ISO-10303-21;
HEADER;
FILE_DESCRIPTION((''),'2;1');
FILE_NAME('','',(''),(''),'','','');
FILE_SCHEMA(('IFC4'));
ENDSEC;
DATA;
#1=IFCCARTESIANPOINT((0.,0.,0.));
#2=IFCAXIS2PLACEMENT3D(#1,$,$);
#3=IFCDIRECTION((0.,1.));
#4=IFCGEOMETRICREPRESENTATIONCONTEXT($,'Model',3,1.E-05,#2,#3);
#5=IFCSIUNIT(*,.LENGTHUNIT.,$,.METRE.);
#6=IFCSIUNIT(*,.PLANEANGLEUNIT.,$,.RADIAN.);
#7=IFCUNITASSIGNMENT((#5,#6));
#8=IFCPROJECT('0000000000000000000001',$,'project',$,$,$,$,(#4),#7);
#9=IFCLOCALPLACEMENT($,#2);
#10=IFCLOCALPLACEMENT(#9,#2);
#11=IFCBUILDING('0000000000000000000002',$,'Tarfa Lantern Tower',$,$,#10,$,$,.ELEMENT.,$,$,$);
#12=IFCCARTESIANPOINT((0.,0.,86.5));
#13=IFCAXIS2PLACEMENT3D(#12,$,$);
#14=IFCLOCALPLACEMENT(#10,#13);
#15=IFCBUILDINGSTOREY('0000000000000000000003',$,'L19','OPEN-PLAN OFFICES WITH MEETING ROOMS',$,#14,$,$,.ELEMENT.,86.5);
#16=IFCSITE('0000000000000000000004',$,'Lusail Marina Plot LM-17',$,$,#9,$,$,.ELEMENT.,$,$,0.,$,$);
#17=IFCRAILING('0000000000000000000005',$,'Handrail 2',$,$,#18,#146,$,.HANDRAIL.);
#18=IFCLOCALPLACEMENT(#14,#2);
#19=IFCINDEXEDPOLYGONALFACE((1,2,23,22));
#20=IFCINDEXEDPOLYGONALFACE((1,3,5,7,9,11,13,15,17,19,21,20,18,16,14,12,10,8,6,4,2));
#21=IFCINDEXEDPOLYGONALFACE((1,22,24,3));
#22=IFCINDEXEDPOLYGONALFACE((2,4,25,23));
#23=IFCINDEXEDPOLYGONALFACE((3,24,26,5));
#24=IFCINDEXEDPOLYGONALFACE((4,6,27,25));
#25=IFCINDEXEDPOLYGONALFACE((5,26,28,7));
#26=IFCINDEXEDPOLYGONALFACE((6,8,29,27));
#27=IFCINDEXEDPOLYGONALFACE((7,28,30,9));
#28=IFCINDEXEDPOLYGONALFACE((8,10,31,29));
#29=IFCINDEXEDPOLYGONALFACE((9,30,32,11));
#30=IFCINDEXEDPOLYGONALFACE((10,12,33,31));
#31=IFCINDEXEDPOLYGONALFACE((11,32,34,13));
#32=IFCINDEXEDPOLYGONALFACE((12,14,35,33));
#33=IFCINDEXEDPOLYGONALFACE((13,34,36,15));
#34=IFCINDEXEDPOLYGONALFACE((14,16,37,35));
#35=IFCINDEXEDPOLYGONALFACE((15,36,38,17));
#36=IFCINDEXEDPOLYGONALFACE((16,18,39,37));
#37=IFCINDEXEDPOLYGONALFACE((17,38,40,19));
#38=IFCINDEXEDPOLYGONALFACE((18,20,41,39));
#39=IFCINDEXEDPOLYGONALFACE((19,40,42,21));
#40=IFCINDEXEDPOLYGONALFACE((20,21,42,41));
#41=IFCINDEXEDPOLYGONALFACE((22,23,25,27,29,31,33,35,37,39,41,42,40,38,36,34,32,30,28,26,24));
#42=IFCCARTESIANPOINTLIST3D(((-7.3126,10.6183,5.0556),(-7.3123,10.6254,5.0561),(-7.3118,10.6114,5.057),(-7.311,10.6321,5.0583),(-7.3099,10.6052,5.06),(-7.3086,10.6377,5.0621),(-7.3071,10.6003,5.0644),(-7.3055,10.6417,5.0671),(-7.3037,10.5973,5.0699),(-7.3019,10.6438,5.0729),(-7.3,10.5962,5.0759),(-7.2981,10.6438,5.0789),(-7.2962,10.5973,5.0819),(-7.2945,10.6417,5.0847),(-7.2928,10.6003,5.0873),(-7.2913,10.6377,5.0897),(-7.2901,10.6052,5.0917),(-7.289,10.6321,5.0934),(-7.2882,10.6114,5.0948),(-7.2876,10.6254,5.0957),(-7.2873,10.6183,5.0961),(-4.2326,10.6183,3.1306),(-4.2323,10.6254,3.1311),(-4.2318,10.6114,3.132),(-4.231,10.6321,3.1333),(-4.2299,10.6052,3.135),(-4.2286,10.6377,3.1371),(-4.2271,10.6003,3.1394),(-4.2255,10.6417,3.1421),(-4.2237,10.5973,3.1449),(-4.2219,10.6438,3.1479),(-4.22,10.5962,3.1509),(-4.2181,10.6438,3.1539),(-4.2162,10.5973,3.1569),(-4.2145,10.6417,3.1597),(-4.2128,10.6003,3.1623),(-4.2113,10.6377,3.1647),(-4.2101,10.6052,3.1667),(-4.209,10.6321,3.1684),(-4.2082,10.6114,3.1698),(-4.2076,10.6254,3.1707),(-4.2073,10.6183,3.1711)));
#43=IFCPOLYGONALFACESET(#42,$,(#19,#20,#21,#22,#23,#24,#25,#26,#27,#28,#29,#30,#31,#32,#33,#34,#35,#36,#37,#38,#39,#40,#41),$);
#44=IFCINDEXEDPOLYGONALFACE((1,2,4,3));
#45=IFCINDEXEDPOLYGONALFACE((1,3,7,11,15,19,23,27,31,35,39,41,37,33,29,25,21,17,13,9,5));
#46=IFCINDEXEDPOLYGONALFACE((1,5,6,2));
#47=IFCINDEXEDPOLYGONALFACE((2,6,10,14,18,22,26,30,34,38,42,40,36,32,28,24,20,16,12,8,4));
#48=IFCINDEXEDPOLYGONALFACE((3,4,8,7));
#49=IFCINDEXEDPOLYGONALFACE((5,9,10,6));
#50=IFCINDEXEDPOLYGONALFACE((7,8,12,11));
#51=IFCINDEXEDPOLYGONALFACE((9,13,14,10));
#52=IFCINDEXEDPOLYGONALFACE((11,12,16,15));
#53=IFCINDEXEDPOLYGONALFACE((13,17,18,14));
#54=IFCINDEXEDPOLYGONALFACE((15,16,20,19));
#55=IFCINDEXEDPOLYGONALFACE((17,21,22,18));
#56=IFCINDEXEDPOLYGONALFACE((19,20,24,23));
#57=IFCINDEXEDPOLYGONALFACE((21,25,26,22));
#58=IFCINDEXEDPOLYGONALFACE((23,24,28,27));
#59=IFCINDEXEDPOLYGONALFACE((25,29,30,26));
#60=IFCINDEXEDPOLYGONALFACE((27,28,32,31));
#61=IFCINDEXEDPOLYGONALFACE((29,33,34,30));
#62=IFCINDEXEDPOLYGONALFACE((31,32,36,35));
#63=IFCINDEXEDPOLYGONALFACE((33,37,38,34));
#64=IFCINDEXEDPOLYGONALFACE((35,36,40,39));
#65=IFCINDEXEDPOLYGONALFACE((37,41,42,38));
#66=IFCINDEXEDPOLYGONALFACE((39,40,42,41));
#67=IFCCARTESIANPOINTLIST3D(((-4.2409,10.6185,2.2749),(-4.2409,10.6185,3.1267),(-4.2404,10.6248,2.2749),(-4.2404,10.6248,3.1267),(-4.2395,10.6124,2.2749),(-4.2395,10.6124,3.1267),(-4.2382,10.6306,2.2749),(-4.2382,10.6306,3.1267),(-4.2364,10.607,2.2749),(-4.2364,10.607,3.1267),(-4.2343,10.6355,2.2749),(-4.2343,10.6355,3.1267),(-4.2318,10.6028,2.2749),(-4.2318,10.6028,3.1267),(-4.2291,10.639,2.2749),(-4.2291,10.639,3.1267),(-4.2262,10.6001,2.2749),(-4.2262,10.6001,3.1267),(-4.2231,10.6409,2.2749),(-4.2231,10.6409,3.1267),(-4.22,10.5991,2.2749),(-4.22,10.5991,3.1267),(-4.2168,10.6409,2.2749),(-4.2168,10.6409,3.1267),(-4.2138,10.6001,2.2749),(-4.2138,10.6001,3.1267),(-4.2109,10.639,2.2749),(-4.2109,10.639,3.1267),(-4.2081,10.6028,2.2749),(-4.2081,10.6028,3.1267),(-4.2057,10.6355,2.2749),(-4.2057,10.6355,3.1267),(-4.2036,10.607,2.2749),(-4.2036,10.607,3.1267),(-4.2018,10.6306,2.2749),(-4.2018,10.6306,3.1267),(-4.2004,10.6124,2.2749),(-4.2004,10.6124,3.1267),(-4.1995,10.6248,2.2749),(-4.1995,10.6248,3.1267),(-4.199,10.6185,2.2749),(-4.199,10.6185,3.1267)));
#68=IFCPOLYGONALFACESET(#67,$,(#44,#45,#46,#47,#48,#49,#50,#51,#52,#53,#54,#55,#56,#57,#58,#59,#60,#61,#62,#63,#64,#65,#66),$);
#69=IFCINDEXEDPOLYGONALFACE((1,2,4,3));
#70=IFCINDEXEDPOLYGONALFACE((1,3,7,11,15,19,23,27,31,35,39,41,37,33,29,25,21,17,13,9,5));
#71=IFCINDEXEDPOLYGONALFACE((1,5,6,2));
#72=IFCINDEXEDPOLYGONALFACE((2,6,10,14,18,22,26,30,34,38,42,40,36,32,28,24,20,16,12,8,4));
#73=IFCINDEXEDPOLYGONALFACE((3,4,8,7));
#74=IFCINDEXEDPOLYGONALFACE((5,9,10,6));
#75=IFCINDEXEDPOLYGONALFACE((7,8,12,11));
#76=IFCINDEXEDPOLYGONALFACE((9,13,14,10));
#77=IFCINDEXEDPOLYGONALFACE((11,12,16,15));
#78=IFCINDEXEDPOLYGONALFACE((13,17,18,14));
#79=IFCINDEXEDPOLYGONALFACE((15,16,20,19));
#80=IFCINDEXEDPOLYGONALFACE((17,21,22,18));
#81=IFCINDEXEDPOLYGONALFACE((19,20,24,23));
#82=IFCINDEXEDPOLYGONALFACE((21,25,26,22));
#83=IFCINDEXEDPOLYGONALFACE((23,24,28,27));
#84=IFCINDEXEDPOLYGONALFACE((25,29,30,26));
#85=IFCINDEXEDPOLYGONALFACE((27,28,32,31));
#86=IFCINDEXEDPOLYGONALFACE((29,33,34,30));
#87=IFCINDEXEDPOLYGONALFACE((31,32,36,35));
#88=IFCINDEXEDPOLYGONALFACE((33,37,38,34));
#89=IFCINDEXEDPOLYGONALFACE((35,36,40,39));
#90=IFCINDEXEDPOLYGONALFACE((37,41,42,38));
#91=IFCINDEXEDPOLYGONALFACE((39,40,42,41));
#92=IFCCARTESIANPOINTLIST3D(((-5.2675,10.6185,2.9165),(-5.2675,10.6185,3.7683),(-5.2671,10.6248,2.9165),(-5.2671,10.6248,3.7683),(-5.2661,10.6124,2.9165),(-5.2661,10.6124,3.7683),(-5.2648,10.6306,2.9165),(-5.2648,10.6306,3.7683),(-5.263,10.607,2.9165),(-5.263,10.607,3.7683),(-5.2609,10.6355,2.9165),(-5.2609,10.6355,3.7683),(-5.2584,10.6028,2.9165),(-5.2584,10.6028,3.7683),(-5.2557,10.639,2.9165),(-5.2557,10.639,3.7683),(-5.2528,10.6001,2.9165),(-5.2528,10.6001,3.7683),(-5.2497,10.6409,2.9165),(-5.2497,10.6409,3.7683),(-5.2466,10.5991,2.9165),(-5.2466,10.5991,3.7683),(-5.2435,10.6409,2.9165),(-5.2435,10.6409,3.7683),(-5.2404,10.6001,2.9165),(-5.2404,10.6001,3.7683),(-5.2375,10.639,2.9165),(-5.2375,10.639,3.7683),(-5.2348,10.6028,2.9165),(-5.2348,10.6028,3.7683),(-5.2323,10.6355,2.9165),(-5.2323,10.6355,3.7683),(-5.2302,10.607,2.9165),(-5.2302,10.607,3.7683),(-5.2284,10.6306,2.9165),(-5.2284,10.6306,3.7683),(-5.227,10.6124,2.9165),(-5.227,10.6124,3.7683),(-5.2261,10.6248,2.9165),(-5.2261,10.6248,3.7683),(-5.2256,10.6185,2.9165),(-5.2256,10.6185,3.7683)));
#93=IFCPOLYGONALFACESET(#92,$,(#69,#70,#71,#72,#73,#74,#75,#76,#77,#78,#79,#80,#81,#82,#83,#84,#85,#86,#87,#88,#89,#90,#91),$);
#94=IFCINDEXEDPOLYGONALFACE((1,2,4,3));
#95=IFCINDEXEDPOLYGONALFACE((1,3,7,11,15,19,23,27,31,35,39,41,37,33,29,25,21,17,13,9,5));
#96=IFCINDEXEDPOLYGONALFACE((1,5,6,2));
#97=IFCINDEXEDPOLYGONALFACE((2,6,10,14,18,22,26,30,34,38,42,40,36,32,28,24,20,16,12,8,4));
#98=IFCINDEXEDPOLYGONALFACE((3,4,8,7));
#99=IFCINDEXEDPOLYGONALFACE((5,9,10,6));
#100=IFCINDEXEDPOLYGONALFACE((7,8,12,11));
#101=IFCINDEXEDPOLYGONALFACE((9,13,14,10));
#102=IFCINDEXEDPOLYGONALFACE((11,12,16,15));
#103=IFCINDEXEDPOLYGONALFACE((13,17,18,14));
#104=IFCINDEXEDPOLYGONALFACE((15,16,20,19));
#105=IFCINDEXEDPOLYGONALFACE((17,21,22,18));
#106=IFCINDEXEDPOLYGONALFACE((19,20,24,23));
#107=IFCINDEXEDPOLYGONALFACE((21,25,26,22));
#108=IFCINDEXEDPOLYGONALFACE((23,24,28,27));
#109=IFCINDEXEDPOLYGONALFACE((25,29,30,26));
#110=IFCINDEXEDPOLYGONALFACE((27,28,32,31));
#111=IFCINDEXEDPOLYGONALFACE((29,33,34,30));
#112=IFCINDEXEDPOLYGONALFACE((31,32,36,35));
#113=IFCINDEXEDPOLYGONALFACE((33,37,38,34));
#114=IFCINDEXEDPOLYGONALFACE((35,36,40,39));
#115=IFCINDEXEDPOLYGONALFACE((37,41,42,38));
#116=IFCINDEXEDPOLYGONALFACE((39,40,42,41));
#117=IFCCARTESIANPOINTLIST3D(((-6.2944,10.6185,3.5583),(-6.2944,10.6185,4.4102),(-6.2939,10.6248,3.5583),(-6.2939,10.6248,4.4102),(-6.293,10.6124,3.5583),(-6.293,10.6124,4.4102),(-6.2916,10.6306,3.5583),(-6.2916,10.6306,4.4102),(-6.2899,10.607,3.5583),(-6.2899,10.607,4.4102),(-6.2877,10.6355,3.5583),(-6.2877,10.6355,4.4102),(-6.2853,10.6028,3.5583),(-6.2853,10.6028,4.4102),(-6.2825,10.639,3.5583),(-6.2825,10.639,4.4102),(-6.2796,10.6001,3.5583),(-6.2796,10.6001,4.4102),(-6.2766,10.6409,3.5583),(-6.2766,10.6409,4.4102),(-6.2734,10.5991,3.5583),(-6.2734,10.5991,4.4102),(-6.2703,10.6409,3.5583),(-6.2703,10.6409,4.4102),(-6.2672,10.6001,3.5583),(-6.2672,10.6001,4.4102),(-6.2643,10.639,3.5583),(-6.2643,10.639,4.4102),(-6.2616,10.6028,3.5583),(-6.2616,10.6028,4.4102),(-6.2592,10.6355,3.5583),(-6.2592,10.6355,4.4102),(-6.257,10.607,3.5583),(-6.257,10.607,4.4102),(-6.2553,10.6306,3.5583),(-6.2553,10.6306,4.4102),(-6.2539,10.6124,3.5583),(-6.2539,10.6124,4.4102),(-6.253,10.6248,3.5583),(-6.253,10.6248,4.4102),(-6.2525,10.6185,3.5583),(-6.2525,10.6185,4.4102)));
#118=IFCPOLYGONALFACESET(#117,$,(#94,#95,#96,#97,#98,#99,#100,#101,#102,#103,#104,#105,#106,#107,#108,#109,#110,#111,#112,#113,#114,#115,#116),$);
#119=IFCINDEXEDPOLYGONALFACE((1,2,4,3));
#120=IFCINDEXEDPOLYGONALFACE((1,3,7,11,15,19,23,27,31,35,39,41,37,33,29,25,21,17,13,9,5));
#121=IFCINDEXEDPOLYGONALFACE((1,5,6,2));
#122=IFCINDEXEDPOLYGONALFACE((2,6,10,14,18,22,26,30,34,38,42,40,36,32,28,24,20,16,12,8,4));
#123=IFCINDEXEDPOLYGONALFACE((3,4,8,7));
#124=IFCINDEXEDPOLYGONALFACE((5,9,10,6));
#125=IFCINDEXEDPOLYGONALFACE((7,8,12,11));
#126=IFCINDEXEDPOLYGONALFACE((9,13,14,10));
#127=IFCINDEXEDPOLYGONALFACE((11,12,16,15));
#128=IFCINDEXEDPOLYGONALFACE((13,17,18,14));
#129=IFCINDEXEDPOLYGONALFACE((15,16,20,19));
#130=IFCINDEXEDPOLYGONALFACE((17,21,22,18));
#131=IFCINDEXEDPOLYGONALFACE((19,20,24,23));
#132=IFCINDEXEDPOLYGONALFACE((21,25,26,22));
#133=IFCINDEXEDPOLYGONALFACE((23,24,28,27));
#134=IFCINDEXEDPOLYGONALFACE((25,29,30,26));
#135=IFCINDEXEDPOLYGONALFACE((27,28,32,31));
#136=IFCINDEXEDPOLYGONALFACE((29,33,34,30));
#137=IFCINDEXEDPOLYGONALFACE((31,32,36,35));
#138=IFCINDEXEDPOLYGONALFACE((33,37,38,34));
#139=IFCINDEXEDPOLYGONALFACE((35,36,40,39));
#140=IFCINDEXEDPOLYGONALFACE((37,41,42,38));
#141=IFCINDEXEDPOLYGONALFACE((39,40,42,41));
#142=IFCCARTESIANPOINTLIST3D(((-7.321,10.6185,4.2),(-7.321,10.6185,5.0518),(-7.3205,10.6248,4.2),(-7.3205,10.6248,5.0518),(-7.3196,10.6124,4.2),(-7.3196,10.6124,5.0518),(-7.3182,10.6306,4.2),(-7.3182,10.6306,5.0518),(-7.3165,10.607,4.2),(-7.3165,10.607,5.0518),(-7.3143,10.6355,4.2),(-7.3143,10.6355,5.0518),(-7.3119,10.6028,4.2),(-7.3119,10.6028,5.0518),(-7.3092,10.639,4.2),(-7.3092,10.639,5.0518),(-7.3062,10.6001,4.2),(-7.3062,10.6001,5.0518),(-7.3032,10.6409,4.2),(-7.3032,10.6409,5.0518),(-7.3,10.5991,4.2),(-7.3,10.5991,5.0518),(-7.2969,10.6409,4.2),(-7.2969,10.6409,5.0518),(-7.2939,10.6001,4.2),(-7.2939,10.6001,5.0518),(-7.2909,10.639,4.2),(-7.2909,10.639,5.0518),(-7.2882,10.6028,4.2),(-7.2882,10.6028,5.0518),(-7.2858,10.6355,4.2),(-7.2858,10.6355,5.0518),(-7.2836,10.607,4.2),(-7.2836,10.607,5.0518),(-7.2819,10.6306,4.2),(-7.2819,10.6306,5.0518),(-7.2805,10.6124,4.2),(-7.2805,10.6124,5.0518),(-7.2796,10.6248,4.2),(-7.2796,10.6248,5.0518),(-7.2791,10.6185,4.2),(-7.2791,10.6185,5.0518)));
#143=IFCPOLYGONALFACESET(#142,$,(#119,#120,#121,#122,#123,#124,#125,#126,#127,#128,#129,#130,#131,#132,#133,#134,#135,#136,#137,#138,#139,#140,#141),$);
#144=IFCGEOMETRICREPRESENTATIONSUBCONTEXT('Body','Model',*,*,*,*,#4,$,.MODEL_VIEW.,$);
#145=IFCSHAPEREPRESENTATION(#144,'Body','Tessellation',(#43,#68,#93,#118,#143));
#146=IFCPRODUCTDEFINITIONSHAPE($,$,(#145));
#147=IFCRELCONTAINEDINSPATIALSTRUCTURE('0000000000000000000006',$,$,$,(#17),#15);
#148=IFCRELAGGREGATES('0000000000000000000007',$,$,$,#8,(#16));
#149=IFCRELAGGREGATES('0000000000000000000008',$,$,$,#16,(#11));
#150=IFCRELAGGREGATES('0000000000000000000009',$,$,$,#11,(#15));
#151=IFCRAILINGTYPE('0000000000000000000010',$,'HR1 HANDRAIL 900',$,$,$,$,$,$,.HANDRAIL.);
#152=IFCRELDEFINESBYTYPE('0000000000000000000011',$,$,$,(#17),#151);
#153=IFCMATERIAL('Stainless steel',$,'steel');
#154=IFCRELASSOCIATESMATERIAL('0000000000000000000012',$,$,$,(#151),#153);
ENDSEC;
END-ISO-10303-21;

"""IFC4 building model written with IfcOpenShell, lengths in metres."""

from ifc_helpers import new_model, si_unit, direction, frame, origin, origin_2d, place, context, subcontext, project, spatial, circle, extrude, material, type_object, element, save


model = new_model("IFC4")

# Units and contexts
model_context = context("Model", 3, precision=1e-05, world=origin(), true_north=direction((0.0, 1.0)))
body_context = subcontext(model_context, "Body", "Model", "MODEL_VIEW")
ifc_project = project(units=[si_unit("LENGTHUNIT", "METRE"), si_unit("PLANEANGLEUNIT", "RADIAN")], contexts=[model_context])

# Site, building, storey
site_placement = place(None, origin())
site = spatial("IfcSite", under=ifc_project, at=site_placement, Name="Lusail Marina Plot LM-17", CompositionType="ELEMENT", RefElevation=0.0)
building_placement = place(site_placement, origin())
building = spatial("IfcBuilding", under=site, at=building_placement, Name="Tarfa Lantern Tower", CompositionType="ELEMENT")
storey_placement = place(building_placement, frame((0.0, 0.0, 86.5)))
storey = spatial("IfcBuildingStorey", under=building, at=storey_placement, Name="L19", Description="OPEN-PLAN OFFICES WITH MEETING ROOMS", CompositionType="ELEMENT", Elevation=86.5)

# Railing
ifc_material_1 = material(Name="Stainless steel", Category="steel")
railing_type = type_object("IfcRailingType", Name="HR1 HANDRAIL 900", PredefinedType="HANDRAIL", material=ifc_material_1)
railing_1_placement = place(storey_placement, frame((-4.22, 10.6201, 2.2749)))
element("IfcRailing", 1, at=railing_1_placement, inside=storey, type_object=railing_type, Name="Handrail 2", PredefinedType="HANDRAIL", context=body_context, shape_type="SweptSolid", body=[
    extrude(circle(Radius=0.0239, at=origin_2d()), frame((0.0, 0.0, 0.876), z_axis=(-0.847998, 0.0, 0.529999), x_axis=(0.0, -1.0, 0.0)), (0.0, 0.0, 1.0), 3.6321),
    extrude(circle(Radius=0.021, at=origin_2d()), frame((0.0, 0.0, 0.0), z_axis=(0.0, 0.0, 1.0), x_axis=(0.0, -1.0, 0.0)), (0.0, 0.0, 1.0), 0.8518),
    extrude(circle(Radius=0.021, at=origin_2d()), frame((-1.0266, 0.0, 0.6416), z_axis=(0.0, 0.0, 1.0), x_axis=(0.0, -1.0, 0.0)), (0.0, 0.0, 1.0), 0.8518),
    extrude(circle(Radius=0.021, at=origin_2d()), frame((-2.0535, 0.0, 1.2834), z_axis=(0.0, 0.0, 1.0), x_axis=(0.0, -1.0, 0.0)), (0.0, 0.0, 1.0), 0.8518),
    extrude(circle(Radius=0.021, at=origin_2d()), frame((-3.0801, 0.0, 1.925), z_axis=(0.0, 0.0, 1.0), x_axis=(0.0, -1.0, 0.0)), (0.0, 0.0, 1.0), 0.8518),
])

save(model, "model.ifc")
